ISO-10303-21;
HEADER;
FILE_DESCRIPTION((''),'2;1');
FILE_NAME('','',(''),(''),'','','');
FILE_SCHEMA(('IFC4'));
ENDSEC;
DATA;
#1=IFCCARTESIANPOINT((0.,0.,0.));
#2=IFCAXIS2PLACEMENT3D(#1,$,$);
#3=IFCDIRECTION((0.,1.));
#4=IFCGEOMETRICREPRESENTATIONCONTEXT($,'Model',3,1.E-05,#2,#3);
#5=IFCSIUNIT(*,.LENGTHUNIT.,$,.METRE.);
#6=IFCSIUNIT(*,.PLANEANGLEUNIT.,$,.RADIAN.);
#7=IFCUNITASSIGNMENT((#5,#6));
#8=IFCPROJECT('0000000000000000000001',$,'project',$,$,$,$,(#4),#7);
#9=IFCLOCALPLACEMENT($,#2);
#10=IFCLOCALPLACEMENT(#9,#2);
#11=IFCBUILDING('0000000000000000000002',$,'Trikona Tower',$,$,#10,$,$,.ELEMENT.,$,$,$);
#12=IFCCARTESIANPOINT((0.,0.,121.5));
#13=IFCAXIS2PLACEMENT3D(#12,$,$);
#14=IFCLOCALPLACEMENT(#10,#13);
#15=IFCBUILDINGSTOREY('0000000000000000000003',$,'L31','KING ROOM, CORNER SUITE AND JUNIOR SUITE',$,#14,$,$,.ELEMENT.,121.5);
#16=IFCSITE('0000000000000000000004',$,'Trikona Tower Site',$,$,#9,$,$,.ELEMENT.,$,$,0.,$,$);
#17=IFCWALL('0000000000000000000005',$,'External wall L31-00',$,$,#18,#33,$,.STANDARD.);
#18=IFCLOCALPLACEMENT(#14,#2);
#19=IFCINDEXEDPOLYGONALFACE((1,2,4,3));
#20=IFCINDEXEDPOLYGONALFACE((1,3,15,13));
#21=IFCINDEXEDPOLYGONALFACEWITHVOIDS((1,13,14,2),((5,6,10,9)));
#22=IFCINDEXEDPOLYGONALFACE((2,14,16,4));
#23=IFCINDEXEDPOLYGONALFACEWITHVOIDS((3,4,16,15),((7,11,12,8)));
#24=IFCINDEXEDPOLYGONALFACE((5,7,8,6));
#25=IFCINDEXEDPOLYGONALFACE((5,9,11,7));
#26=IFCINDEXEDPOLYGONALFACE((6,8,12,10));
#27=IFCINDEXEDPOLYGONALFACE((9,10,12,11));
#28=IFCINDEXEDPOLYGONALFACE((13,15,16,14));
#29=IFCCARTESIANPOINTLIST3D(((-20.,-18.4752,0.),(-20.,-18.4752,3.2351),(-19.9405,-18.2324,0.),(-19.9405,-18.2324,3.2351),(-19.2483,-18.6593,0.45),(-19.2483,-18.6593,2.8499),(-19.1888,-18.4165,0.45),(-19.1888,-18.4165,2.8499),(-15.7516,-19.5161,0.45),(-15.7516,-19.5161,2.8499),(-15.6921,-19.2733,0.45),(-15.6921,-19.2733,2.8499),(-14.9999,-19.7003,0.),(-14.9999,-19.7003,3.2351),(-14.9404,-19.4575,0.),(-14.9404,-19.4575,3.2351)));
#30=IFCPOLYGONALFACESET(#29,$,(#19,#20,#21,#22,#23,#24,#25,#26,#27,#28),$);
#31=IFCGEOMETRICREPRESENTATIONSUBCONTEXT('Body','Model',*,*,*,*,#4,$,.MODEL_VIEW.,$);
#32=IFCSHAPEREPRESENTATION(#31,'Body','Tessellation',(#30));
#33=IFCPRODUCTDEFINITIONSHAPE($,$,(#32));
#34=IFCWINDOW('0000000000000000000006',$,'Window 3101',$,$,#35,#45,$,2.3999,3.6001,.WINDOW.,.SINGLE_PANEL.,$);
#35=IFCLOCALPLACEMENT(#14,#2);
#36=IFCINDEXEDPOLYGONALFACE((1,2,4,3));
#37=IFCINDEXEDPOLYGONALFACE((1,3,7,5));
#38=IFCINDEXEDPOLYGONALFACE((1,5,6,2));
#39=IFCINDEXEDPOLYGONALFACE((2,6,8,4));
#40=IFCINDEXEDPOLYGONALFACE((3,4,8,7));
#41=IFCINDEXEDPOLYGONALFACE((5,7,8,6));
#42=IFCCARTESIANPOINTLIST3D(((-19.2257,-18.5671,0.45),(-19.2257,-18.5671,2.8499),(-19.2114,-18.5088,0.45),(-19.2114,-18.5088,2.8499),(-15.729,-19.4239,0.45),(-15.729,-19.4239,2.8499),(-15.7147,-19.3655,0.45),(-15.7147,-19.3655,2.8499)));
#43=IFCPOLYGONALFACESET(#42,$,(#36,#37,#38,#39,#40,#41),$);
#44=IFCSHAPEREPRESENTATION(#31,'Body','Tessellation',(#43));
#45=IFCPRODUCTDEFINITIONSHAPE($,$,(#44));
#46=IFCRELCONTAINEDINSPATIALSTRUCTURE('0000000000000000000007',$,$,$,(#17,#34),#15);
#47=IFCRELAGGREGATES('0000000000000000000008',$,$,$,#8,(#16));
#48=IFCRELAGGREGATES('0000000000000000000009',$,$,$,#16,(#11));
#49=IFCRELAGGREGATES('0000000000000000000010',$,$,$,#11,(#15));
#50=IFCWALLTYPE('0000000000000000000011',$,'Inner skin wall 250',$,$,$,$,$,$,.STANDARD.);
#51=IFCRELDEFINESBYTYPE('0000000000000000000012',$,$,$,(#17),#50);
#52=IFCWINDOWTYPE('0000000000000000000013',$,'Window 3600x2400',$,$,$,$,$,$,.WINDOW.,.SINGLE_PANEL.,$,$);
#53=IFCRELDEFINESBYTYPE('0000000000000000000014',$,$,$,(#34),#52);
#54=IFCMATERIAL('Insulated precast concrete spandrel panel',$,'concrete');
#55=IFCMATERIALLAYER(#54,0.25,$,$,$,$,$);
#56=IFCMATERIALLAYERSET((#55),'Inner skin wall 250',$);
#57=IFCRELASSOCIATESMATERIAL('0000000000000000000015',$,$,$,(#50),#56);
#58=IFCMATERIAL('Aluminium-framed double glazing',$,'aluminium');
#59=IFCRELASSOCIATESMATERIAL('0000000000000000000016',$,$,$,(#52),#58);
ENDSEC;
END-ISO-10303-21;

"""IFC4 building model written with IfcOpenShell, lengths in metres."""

from ifc_helpers import new_model, si_unit, direction, frame, frame_2d, origin, place, context, subcontext, project, spatial, rectangle, extrude, material, layer, layer_set, type_object, element, fill, save


model = new_model("IFC4")

# Units and contexts
model_context = context("Model", 3, precision=1e-05, world=origin(), true_north=direction((0.0, 1.0)))
body_context = subcontext(model_context, "Body", "Model", "MODEL_VIEW")
ifc_project = project(units=[si_unit("LENGTHUNIT", "METRE"), si_unit("PLANEANGLEUNIT", "RADIAN")], contexts=[model_context])

# Site, building, storey
site_placement = place(None, origin())
site = spatial("IfcSite", under=ifc_project, at=site_placement, Name="Trikona Tower Site", CompositionType="ELEMENT", RefElevation=0.0)
building_placement = place(site_placement, origin())
building = spatial("IfcBuilding", under=site, at=building_placement, Name="Trikona Tower", CompositionType="ELEMENT")
storey_placement = place(building_placement, frame((0.0, 0.0, 121.5)))
storey = spatial("IfcBuildingStorey", under=building, at=storey_placement, Name="L31", Description="KING ROOM, CORNER SUITE AND JUNIOR SUITE", CompositionType="ELEMENT", Elevation=121.5)

# Wall, opening, window
ifc_material_1 = material(Name="Insulated precast concrete spandrel panel", Category="concrete")
ifc_layer_1 = layer(ifc_material_1, 0.25)
ifc_layer_set_1 = layer_set([ifc_layer_1], Name="Inner skin wall 250")
wall_type_1 = type_object("IfcWallType", Name="Inner skin wall 250", PredefinedType="STANDARD", material=ifc_layer_set_1)
wall_1_placement = place(storey_placement, frame((-19.9702, -18.3538, 0.0), z_axis=(0.0, 0.0, 1.0), x_axis=(0.97127, -0.23798, 0.0)))
wall_1 = element("IfcWall", 1, at=wall_1_placement, inside=storey, type_object=wall_type_1, Name="External wall L31-00", PredefinedType="STANDARD", context=body_context, shape_type="SweptSolid", body=[
    extrude(rectangle(XDim=5.1479, YDim=0.25, at=frame_2d((2.574, 0.0))), origin(), (0.0, 0.0, 1.0), 3.2351),
])
opening_1_placement = place(wall_1_placement, frame((0.7739, 0.0, 0.45)))
opening_1 = element("IfcOpeningElement", 2, at=opening_1_placement, cuts=wall_1, PredefinedType="OPENING", context=body_context, shape_type="SweptSolid", body=[
    extrude(rectangle(XDim=3.6001, YDim=2.3999, at=frame_2d((1.8, 1.2))), frame((0.0, 0.135, 0.0), z_axis=(0.0, -1.0, 0.0), x_axis=(1.0, 0.0, 0.0)), (0.0, 0.0, 1.0), 0.27),
])
ifc_material_2 = material(Name="Aluminium-framed double glazing", Category="aluminium")
window_type_1 = type_object("IfcWindowType", Name="Window 3600x2400", PartitioningType="SINGLE_PANEL", PredefinedType="WINDOW", material=ifc_material_2)
window_1_placement = place(opening_1_placement, origin())
window_1 = element("IfcWindow", 3, at=window_1_placement, inside=storey, type_object=window_type_1, Name="Window 3101", OverallHeight=2.3999, OverallWidth=3.6001, PartitioningType="SINGLE_PANEL", PredefinedType="WINDOW", context=body_context, shape_type="SweptSolid", body=[
    extrude(rectangle(XDim=3.6001, YDim=2.3999, at=frame_2d((1.8, 1.2))), frame((0.0, 0.03, 0.0), z_axis=(0.0, -1.0, 0.0), x_axis=(1.0, 0.0, 0.0)), (0.0, 0.0, 1.0), 0.0601),
])
fill(opening_1, window_1)

save(model, "model.ifc")
